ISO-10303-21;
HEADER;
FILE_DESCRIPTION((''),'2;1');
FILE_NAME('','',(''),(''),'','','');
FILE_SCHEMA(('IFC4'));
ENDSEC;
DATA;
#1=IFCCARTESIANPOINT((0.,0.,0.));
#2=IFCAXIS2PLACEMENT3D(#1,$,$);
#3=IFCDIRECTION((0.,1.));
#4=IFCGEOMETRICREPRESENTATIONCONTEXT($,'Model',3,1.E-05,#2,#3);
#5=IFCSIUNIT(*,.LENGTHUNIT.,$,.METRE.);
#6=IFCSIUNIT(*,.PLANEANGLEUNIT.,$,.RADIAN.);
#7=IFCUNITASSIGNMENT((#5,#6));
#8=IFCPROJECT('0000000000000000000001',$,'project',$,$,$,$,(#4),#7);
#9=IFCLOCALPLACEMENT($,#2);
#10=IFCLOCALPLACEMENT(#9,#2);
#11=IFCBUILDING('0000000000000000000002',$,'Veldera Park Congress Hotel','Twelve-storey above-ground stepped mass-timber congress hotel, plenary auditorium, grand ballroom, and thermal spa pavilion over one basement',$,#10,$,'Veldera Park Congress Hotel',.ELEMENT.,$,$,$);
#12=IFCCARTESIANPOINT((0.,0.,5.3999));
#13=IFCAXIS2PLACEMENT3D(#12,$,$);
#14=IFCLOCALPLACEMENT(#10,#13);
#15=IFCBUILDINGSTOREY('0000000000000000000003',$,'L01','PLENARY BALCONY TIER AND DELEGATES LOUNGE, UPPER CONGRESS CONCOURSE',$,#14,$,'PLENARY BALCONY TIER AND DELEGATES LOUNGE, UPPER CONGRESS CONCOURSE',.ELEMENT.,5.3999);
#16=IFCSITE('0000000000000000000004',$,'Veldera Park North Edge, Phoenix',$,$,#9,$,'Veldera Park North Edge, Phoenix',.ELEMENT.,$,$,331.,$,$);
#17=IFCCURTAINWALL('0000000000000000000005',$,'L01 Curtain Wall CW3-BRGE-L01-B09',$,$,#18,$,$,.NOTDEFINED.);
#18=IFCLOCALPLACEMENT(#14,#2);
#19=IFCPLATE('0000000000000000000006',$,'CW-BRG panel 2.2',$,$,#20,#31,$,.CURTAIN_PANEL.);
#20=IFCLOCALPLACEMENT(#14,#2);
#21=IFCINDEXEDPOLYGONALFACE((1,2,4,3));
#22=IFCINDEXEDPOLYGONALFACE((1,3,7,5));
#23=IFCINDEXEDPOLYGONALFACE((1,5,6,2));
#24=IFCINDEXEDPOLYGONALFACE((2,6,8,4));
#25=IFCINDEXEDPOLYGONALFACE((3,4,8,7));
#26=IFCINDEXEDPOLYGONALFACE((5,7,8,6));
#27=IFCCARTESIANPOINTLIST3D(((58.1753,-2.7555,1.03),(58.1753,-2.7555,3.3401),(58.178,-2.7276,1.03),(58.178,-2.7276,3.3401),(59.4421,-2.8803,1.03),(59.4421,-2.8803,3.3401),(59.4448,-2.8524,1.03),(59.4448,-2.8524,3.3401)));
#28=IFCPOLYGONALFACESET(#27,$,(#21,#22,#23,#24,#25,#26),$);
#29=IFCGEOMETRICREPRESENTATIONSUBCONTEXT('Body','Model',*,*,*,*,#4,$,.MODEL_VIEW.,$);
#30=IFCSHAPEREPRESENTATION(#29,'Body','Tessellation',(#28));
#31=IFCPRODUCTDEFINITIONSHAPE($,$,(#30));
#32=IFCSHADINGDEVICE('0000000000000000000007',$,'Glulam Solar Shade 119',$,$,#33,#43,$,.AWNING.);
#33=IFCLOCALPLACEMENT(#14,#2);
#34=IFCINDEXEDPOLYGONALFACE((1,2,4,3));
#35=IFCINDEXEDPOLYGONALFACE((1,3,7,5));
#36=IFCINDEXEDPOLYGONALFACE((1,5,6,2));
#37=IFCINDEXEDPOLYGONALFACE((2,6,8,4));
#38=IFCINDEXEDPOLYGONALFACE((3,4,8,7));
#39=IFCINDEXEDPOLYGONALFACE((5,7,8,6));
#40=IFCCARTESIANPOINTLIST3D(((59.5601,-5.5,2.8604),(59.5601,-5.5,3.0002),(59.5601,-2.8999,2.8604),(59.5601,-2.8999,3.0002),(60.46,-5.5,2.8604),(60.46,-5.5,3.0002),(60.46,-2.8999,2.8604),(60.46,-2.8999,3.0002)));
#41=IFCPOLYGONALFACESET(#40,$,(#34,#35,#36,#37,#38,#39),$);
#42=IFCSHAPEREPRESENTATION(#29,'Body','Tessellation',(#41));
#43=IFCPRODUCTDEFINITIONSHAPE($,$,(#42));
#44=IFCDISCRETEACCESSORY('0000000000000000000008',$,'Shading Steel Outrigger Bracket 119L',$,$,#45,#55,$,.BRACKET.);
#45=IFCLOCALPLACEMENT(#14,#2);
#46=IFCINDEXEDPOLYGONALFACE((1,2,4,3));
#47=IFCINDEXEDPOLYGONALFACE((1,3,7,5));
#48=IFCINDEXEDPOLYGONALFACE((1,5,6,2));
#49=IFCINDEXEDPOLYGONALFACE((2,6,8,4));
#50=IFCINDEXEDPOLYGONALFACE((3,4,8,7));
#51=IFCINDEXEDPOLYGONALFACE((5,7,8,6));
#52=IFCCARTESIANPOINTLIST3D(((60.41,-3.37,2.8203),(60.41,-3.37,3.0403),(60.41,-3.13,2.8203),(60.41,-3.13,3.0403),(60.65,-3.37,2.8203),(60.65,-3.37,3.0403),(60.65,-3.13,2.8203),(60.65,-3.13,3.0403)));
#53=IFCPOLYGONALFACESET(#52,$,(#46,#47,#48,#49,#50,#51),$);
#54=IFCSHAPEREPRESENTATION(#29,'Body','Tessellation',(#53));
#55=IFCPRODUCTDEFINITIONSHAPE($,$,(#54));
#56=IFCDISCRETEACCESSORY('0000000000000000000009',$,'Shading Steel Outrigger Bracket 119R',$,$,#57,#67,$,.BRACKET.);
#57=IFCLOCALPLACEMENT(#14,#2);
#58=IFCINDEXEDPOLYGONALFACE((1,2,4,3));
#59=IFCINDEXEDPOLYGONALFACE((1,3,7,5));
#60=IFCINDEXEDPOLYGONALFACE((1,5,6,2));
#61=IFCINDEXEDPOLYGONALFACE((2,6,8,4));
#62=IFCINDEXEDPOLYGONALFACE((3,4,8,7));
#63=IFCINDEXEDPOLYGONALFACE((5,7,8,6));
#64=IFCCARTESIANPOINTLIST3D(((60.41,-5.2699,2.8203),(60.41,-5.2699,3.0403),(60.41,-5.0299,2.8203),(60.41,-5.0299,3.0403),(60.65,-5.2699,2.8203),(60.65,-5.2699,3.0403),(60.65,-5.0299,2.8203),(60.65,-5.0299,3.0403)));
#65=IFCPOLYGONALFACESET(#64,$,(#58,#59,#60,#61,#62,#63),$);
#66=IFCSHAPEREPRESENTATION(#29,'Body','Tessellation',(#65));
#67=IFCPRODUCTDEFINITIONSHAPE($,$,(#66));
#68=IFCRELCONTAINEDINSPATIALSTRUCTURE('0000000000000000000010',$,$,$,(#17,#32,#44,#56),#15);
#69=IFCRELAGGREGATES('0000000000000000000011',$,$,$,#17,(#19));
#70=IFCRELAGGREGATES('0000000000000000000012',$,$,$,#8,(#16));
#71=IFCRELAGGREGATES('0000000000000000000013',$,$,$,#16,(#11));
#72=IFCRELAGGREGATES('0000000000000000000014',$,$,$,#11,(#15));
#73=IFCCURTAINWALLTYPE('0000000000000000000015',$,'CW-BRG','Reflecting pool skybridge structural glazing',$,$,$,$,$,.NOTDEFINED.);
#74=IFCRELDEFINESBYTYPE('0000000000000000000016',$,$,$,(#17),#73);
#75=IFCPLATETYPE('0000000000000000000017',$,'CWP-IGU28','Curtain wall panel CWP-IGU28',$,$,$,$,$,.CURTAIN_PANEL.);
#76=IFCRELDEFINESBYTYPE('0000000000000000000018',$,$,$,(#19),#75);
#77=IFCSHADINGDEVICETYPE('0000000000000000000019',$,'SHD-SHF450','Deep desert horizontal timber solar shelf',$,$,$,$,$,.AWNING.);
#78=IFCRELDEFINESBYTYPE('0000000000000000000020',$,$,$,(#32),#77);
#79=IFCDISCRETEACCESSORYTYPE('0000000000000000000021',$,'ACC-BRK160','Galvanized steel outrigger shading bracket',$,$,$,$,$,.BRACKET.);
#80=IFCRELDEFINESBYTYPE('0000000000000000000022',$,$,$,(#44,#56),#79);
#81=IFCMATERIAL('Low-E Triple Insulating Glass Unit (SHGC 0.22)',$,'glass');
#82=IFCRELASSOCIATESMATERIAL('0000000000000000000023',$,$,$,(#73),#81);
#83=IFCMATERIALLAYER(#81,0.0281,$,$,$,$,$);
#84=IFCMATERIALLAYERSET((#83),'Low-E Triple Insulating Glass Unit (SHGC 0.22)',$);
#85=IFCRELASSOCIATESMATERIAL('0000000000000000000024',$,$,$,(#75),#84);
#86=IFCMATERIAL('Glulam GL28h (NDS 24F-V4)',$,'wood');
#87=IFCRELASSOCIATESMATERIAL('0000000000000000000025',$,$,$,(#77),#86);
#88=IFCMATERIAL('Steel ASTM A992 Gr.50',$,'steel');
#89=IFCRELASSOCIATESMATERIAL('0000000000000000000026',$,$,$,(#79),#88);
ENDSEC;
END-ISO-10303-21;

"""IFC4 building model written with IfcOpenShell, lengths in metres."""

from ifc_helpers import new_model, si_unit, direction, frame, origin, origin_2d, place, context, subcontext, project, spatial, rectangle, extrude, material, layer, layer_set, type_object, element, aggregate, save


model = new_model("IFC4")

# Units and contexts
model_context = context("Model", 3, precision=1e-05, world=origin(), true_north=direction((0.0, 1.0)))
body_context = subcontext(model_context, "Body", "Model", "MODEL_VIEW")
ifc_project = project(units=[si_unit("LENGTHUNIT", "METRE"), si_unit("PLANEANGLEUNIT", "RADIAN")], contexts=[model_context])

# Site, building, storey
site_placement = place(None, origin())
site = spatial("IfcSite", under=ifc_project, at=site_placement, Name="Veldera Park North Edge, Phoenix", LongName="Veldera Park North Edge, Phoenix", CompositionType="ELEMENT", RefElevation=331.0)
building_placement = place(site_placement, origin())
building = spatial("IfcBuilding", under=site, at=building_placement, Name="Veldera Park Congress Hotel", Description="Twelve-storey above-ground stepped mass-timber congress hotel, plenary auditorium, grand ballroom, and thermal spa pavilion over one basement", LongName="Veldera Park Congress Hotel", CompositionType="ELEMENT")
storey_placement = place(building_placement, frame((0.0, 0.0, 5.3999)))
storey = spatial("IfcBuildingStorey", under=building, at=storey_placement, Name="L01", Description="PLENARY BALCONY TIER AND DELEGATES LOUNGE, UPPER CONGRESS CONCOURSE", LongName="PLENARY BALCONY TIER AND DELEGATES LOUNGE, UPPER CONGRESS CONCOURSE", CompositionType="ELEMENT", Elevation=5.3999)

# Shared definitions
ifc_material_1 = material(Name="Low-E Triple Insulating Glass Unit (SHGC 0.22)", Category="glass")
curtain_wall_type = type_object("IfcCurtainWallType", Name="CW-BRG", Description="Reflecting pool skybridge structural glazing", PredefinedType="NOTDEFINED", material=ifc_material_1)

# Curtain wall
curtain_wall_1_placement = place(storey_placement, origin())
curtain_wall_1 = element("IfcCurtainWall", 1, at=curtain_wall_1_placement, inside=storey, type_object=curtain_wall_type, Name="L01 Curtain Wall CW3-BRGE-L01-B09", PredefinedType="NOTDEFINED")

# Plate
ifc_layer = layer(ifc_material_1, 0.0281)
ifc_layer_set = layer_set([ifc_layer], Name="Low-E Triple Insulating Glass Unit (SHGC 0.22)")
plate_type = type_object("IfcPlateType", Name="CWP-IGU28", Description="Curtain wall panel CWP-IGU28", PredefinedType="CURTAIN_PANEL", material=ifc_layer_set)
plate_1_placement = place(storey_placement, frame((58.8101, -2.804, 1.03), z_axis=(0.0, 0.0, 1.0), x_axis=(-0.995184, 0.098023, 0.0)))
plate_1 = element("IfcPlate", 2, at=plate_1_placement, type_object=plate_type, Name="CW-BRG panel 2.2", PredefinedType="CURTAIN_PANEL", context=body_context, shape_type="SweptSolid", body=[
    extrude(rectangle(XDim=1.2729, YDim=0.0281, at=origin_2d()), origin(), (0.0, 0.0, 1.0), 2.3101),
])
aggregate(curtain_wall_1, [plate_1])

# Shading device
ifc_material_2 = material(Name="Glulam GL28h (NDS 24F-V4)", Category="wood")
shading_device_type = type_object("IfcShadingDeviceType", Name="SHD-SHF450", Description="Deep desert horizontal timber solar shelf", PredefinedType="AWNING", material=ifc_material_2)
shading_device_placement = place(storey_placement, frame((60.01, -4.2, 2.8604), z_axis=(0.0, 0.0, 1.0), x_axis=(0.0, -1.0, 0.0)))
element("IfcShadingDevice", 3, at=shading_device_placement, inside=storey, type_object=shading_device_type, Name="Glulam Solar Shade 119", PredefinedType="AWNING", context=body_context, shape_type="SweptSolid", body=[
    extrude(rectangle(XDim=2.6001, YDim=0.8999, at=origin_2d()), origin(), (0.0, 0.0, 1.0), 0.1399),
])

# Discrete accessories
ifc_material_3 = material(Name="Steel ASTM A992 Gr.50", Category="steel")
discrete_accessory_type = type_object("IfcDiscreteAccessoryType", Name="ACC-BRK160", Description="Galvanized steel outrigger shading bracket", PredefinedType="BRACKET", material=ifc_material_3)
for number, where, z_axis, x_axis, name in (
    (4, (60.53, -3.25, 2.8203), (0.0, 0.0, 1.0), (0.0, -1.0, 0.0), "Shading Steel Outrigger Bracket 119L"),
    (5, (60.53, -5.1499, 2.8203), (0.0, 0.0, 1.0), (0.0, -1.0, 0.0), "Shading Steel Outrigger Bracket 119R"),
):
    element("IfcDiscreteAccessory", number, at=place(storey_placement, frame(where, z_axis=z_axis, x_axis=x_axis)), inside=storey, type_object=discrete_accessory_type, Name=name, PredefinedType="BRACKET", context=body_context, shape_type="SweptSolid", body=[
        extrude(rectangle(XDim=0.24, YDim=0.24, at=origin_2d()), origin(), (0.0, 0.0, 1.0), 0.22),
    ])

save(model, "model.ifc")
